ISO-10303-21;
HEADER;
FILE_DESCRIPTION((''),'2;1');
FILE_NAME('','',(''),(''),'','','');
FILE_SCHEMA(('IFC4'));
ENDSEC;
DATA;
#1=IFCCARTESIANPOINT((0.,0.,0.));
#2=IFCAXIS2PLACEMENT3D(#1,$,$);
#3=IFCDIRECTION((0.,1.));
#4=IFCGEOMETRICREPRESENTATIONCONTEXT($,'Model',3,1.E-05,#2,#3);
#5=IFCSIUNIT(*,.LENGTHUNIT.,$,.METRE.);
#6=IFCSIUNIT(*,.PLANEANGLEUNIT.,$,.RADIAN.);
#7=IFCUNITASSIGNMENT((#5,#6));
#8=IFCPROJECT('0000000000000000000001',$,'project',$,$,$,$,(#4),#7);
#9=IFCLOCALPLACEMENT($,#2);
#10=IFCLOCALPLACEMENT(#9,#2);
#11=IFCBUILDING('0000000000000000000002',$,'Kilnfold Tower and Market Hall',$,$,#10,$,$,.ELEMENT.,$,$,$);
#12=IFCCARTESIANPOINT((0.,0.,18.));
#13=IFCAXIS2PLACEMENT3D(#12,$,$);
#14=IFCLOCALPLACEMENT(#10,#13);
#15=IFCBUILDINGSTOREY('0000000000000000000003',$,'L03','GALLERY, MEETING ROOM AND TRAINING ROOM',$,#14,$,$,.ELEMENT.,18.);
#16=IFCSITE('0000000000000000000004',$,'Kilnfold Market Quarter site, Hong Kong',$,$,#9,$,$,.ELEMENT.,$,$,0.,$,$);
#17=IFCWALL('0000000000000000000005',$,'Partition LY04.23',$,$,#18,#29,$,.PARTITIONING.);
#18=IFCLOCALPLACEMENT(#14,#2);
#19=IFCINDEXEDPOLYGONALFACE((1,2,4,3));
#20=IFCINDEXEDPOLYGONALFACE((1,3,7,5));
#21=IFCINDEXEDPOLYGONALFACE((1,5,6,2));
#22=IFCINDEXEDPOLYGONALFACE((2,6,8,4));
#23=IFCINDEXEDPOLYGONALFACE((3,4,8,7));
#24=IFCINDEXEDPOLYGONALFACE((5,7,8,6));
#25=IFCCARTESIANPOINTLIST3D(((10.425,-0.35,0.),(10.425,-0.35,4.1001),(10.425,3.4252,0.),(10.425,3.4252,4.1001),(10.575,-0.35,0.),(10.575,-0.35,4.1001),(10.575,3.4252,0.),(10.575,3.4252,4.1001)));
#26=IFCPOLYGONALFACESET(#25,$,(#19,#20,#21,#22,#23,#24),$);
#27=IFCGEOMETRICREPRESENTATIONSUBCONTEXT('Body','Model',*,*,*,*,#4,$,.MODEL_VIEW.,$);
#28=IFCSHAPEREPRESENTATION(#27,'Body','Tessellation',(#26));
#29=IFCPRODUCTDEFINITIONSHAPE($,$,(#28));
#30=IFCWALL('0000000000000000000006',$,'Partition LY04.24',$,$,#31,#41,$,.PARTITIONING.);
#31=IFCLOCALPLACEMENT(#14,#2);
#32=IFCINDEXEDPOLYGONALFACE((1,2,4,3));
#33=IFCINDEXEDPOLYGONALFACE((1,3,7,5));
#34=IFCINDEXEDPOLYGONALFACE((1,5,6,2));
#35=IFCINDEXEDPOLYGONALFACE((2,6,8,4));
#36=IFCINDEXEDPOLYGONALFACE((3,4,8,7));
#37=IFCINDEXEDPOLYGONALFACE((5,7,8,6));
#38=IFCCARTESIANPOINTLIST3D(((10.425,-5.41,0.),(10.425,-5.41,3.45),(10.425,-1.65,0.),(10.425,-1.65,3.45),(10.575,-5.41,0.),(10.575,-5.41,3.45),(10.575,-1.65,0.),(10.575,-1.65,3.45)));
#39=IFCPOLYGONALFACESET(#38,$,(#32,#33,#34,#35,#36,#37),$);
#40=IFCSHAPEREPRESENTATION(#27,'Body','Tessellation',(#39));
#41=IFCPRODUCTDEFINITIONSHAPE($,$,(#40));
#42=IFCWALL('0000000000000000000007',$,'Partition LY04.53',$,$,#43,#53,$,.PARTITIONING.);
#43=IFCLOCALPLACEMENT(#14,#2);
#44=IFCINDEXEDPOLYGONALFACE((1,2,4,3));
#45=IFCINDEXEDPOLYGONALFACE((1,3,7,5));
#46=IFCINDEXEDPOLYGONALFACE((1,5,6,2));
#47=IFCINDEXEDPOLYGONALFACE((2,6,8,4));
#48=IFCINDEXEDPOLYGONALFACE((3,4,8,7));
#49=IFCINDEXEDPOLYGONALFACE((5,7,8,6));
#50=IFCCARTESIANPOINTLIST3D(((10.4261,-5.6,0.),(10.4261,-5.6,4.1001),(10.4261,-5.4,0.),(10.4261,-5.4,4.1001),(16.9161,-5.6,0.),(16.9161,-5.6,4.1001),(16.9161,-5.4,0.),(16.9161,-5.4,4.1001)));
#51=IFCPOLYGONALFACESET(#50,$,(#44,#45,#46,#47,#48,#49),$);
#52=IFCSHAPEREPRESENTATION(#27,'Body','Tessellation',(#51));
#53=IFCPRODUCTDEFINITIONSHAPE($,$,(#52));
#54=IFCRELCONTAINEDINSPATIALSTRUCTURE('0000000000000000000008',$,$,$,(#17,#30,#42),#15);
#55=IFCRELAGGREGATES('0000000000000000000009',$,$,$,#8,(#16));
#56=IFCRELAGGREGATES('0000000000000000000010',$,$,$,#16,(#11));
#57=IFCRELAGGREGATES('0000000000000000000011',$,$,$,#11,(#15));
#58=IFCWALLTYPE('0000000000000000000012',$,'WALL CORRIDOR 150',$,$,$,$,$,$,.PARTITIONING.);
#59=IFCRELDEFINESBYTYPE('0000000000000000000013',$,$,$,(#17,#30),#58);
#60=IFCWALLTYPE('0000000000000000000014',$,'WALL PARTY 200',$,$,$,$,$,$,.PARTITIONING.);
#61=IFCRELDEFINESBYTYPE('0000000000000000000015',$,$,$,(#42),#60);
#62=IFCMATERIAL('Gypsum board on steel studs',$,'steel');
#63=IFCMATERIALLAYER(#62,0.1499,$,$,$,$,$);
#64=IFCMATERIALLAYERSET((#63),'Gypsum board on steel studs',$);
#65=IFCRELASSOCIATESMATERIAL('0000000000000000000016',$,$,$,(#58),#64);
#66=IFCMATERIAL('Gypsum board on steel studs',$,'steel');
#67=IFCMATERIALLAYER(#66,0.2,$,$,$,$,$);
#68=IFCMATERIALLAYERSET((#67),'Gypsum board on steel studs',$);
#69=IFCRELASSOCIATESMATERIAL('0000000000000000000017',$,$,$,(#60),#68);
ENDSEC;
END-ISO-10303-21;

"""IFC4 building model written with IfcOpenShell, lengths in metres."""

from ifc_helpers import new_model, si_unit, direction, frame, frame_2d, origin, place, context, subcontext, project, spatial, rectangle, extrude, material, layer, layer_set, type_object, element, save


model = new_model("IFC4")

# Units and contexts
model_context = context("Model", 3, precision=1e-05, world=origin(), true_north=direction((0.0, 1.0)))
body_context = subcontext(model_context, "Body", "Model", "MODEL_VIEW")
ifc_project = project(units=[si_unit("LENGTHUNIT", "METRE"), si_unit("PLANEANGLEUNIT", "RADIAN")], contexts=[model_context])

# Site, building, storey
site_placement = place(None, origin())
site = spatial("IfcSite", under=ifc_project, at=site_placement, Name="Kilnfold Market Quarter site, Hong Kong", CompositionType="ELEMENT", RefElevation=0.0)
building_placement = place(site_placement, origin())
building = spatial("IfcBuilding", under=site, at=building_placement, Name="Kilnfold Tower and Market Hall", CompositionType="ELEMENT")
storey_placement = place(building_placement, frame((0.0, 0.0, 18.0)))
storey = spatial("IfcBuildingStorey", under=building, at=storey_placement, Name="L03", Description="GALLERY, MEETING ROOM AND TRAINING ROOM", CompositionType="ELEMENT", Elevation=18.0)

# Walls
ifc_material_1 = material(Name="Gypsum board on steel studs", Category="steel")
ifc_layer_1 = layer(ifc_material_1, 0.1499)
ifc_layer_set_1 = layer_set([ifc_layer_1], Name="Gypsum board on steel studs")
wall_type_1 = type_object("IfcWallType", Name="WALL CORRIDOR 150", PredefinedType="PARTITIONING", material=ifc_layer_set_1)
wall_1_placement = place(storey_placement, frame((10.5, -0.3501, 0.0), z_axis=(0.0, 0.0, 1.0), x_axis=(0.0, 1.0, 0.0)))
element("IfcWall", 1, at=wall_1_placement, inside=storey, type_object=wall_type_1, Name="Partition LY04.23", PredefinedType="PARTITIONING", context=body_context, shape_type="SweptSolid", body=[
    extrude(rectangle(XDim=3.7751, YDim=0.1499, at=frame_2d((1.8877, 0.0))), origin(), (0.0, 0.0, 1.0), 4.1001),
])
wall_2_placement = place(storey_placement, frame((10.5, -5.4099, 0.0), z_axis=(0.0, 0.0, 1.0), x_axis=(0.0, 1.0, 0.0)))
element("IfcWall", 2, at=wall_2_placement, inside=storey, type_object=wall_type_1, Name="Partition LY04.24", PredefinedType="PARTITIONING", context=body_context, shape_type="SweptSolid", body=[
    extrude(rectangle(XDim=3.76, YDim=0.1499, at=frame_2d((1.8799, 0.0))), origin(), (0.0, 0.0, 1.0), 3.45),
])
ifc_material_2 = material(Name="Gypsum board on steel studs", Category="steel")
ifc_layer_2 = layer(ifc_material_2, 0.2)
ifc_layer_set_2 = layer_set([ifc_layer_2], Name="Gypsum board on steel studs")
wall_type_2 = type_object("IfcWallType", Name="WALL PARTY 200", PredefinedType="PARTITIONING", material=ifc_layer_set_2)
wall_3_placement = place(storey_placement, frame((10.426, -5.5, 0.0), z_axis=(0.0, 0.0, 1.0), x_axis=(1.0, 0.0, 0.0)))
element("IfcWall", 3, at=wall_3_placement, inside=storey, type_object=wall_type_2, Name="Partition LY04.53", PredefinedType="PARTITIONING", context=body_context, shape_type="SweptSolid", body=[
    extrude(rectangle(XDim=6.49, YDim=0.2, at=frame_2d((3.2451, 0.0))), origin(), (0.0, 0.0, 1.0), 4.1001),
])

save(model, "model.ifc")
